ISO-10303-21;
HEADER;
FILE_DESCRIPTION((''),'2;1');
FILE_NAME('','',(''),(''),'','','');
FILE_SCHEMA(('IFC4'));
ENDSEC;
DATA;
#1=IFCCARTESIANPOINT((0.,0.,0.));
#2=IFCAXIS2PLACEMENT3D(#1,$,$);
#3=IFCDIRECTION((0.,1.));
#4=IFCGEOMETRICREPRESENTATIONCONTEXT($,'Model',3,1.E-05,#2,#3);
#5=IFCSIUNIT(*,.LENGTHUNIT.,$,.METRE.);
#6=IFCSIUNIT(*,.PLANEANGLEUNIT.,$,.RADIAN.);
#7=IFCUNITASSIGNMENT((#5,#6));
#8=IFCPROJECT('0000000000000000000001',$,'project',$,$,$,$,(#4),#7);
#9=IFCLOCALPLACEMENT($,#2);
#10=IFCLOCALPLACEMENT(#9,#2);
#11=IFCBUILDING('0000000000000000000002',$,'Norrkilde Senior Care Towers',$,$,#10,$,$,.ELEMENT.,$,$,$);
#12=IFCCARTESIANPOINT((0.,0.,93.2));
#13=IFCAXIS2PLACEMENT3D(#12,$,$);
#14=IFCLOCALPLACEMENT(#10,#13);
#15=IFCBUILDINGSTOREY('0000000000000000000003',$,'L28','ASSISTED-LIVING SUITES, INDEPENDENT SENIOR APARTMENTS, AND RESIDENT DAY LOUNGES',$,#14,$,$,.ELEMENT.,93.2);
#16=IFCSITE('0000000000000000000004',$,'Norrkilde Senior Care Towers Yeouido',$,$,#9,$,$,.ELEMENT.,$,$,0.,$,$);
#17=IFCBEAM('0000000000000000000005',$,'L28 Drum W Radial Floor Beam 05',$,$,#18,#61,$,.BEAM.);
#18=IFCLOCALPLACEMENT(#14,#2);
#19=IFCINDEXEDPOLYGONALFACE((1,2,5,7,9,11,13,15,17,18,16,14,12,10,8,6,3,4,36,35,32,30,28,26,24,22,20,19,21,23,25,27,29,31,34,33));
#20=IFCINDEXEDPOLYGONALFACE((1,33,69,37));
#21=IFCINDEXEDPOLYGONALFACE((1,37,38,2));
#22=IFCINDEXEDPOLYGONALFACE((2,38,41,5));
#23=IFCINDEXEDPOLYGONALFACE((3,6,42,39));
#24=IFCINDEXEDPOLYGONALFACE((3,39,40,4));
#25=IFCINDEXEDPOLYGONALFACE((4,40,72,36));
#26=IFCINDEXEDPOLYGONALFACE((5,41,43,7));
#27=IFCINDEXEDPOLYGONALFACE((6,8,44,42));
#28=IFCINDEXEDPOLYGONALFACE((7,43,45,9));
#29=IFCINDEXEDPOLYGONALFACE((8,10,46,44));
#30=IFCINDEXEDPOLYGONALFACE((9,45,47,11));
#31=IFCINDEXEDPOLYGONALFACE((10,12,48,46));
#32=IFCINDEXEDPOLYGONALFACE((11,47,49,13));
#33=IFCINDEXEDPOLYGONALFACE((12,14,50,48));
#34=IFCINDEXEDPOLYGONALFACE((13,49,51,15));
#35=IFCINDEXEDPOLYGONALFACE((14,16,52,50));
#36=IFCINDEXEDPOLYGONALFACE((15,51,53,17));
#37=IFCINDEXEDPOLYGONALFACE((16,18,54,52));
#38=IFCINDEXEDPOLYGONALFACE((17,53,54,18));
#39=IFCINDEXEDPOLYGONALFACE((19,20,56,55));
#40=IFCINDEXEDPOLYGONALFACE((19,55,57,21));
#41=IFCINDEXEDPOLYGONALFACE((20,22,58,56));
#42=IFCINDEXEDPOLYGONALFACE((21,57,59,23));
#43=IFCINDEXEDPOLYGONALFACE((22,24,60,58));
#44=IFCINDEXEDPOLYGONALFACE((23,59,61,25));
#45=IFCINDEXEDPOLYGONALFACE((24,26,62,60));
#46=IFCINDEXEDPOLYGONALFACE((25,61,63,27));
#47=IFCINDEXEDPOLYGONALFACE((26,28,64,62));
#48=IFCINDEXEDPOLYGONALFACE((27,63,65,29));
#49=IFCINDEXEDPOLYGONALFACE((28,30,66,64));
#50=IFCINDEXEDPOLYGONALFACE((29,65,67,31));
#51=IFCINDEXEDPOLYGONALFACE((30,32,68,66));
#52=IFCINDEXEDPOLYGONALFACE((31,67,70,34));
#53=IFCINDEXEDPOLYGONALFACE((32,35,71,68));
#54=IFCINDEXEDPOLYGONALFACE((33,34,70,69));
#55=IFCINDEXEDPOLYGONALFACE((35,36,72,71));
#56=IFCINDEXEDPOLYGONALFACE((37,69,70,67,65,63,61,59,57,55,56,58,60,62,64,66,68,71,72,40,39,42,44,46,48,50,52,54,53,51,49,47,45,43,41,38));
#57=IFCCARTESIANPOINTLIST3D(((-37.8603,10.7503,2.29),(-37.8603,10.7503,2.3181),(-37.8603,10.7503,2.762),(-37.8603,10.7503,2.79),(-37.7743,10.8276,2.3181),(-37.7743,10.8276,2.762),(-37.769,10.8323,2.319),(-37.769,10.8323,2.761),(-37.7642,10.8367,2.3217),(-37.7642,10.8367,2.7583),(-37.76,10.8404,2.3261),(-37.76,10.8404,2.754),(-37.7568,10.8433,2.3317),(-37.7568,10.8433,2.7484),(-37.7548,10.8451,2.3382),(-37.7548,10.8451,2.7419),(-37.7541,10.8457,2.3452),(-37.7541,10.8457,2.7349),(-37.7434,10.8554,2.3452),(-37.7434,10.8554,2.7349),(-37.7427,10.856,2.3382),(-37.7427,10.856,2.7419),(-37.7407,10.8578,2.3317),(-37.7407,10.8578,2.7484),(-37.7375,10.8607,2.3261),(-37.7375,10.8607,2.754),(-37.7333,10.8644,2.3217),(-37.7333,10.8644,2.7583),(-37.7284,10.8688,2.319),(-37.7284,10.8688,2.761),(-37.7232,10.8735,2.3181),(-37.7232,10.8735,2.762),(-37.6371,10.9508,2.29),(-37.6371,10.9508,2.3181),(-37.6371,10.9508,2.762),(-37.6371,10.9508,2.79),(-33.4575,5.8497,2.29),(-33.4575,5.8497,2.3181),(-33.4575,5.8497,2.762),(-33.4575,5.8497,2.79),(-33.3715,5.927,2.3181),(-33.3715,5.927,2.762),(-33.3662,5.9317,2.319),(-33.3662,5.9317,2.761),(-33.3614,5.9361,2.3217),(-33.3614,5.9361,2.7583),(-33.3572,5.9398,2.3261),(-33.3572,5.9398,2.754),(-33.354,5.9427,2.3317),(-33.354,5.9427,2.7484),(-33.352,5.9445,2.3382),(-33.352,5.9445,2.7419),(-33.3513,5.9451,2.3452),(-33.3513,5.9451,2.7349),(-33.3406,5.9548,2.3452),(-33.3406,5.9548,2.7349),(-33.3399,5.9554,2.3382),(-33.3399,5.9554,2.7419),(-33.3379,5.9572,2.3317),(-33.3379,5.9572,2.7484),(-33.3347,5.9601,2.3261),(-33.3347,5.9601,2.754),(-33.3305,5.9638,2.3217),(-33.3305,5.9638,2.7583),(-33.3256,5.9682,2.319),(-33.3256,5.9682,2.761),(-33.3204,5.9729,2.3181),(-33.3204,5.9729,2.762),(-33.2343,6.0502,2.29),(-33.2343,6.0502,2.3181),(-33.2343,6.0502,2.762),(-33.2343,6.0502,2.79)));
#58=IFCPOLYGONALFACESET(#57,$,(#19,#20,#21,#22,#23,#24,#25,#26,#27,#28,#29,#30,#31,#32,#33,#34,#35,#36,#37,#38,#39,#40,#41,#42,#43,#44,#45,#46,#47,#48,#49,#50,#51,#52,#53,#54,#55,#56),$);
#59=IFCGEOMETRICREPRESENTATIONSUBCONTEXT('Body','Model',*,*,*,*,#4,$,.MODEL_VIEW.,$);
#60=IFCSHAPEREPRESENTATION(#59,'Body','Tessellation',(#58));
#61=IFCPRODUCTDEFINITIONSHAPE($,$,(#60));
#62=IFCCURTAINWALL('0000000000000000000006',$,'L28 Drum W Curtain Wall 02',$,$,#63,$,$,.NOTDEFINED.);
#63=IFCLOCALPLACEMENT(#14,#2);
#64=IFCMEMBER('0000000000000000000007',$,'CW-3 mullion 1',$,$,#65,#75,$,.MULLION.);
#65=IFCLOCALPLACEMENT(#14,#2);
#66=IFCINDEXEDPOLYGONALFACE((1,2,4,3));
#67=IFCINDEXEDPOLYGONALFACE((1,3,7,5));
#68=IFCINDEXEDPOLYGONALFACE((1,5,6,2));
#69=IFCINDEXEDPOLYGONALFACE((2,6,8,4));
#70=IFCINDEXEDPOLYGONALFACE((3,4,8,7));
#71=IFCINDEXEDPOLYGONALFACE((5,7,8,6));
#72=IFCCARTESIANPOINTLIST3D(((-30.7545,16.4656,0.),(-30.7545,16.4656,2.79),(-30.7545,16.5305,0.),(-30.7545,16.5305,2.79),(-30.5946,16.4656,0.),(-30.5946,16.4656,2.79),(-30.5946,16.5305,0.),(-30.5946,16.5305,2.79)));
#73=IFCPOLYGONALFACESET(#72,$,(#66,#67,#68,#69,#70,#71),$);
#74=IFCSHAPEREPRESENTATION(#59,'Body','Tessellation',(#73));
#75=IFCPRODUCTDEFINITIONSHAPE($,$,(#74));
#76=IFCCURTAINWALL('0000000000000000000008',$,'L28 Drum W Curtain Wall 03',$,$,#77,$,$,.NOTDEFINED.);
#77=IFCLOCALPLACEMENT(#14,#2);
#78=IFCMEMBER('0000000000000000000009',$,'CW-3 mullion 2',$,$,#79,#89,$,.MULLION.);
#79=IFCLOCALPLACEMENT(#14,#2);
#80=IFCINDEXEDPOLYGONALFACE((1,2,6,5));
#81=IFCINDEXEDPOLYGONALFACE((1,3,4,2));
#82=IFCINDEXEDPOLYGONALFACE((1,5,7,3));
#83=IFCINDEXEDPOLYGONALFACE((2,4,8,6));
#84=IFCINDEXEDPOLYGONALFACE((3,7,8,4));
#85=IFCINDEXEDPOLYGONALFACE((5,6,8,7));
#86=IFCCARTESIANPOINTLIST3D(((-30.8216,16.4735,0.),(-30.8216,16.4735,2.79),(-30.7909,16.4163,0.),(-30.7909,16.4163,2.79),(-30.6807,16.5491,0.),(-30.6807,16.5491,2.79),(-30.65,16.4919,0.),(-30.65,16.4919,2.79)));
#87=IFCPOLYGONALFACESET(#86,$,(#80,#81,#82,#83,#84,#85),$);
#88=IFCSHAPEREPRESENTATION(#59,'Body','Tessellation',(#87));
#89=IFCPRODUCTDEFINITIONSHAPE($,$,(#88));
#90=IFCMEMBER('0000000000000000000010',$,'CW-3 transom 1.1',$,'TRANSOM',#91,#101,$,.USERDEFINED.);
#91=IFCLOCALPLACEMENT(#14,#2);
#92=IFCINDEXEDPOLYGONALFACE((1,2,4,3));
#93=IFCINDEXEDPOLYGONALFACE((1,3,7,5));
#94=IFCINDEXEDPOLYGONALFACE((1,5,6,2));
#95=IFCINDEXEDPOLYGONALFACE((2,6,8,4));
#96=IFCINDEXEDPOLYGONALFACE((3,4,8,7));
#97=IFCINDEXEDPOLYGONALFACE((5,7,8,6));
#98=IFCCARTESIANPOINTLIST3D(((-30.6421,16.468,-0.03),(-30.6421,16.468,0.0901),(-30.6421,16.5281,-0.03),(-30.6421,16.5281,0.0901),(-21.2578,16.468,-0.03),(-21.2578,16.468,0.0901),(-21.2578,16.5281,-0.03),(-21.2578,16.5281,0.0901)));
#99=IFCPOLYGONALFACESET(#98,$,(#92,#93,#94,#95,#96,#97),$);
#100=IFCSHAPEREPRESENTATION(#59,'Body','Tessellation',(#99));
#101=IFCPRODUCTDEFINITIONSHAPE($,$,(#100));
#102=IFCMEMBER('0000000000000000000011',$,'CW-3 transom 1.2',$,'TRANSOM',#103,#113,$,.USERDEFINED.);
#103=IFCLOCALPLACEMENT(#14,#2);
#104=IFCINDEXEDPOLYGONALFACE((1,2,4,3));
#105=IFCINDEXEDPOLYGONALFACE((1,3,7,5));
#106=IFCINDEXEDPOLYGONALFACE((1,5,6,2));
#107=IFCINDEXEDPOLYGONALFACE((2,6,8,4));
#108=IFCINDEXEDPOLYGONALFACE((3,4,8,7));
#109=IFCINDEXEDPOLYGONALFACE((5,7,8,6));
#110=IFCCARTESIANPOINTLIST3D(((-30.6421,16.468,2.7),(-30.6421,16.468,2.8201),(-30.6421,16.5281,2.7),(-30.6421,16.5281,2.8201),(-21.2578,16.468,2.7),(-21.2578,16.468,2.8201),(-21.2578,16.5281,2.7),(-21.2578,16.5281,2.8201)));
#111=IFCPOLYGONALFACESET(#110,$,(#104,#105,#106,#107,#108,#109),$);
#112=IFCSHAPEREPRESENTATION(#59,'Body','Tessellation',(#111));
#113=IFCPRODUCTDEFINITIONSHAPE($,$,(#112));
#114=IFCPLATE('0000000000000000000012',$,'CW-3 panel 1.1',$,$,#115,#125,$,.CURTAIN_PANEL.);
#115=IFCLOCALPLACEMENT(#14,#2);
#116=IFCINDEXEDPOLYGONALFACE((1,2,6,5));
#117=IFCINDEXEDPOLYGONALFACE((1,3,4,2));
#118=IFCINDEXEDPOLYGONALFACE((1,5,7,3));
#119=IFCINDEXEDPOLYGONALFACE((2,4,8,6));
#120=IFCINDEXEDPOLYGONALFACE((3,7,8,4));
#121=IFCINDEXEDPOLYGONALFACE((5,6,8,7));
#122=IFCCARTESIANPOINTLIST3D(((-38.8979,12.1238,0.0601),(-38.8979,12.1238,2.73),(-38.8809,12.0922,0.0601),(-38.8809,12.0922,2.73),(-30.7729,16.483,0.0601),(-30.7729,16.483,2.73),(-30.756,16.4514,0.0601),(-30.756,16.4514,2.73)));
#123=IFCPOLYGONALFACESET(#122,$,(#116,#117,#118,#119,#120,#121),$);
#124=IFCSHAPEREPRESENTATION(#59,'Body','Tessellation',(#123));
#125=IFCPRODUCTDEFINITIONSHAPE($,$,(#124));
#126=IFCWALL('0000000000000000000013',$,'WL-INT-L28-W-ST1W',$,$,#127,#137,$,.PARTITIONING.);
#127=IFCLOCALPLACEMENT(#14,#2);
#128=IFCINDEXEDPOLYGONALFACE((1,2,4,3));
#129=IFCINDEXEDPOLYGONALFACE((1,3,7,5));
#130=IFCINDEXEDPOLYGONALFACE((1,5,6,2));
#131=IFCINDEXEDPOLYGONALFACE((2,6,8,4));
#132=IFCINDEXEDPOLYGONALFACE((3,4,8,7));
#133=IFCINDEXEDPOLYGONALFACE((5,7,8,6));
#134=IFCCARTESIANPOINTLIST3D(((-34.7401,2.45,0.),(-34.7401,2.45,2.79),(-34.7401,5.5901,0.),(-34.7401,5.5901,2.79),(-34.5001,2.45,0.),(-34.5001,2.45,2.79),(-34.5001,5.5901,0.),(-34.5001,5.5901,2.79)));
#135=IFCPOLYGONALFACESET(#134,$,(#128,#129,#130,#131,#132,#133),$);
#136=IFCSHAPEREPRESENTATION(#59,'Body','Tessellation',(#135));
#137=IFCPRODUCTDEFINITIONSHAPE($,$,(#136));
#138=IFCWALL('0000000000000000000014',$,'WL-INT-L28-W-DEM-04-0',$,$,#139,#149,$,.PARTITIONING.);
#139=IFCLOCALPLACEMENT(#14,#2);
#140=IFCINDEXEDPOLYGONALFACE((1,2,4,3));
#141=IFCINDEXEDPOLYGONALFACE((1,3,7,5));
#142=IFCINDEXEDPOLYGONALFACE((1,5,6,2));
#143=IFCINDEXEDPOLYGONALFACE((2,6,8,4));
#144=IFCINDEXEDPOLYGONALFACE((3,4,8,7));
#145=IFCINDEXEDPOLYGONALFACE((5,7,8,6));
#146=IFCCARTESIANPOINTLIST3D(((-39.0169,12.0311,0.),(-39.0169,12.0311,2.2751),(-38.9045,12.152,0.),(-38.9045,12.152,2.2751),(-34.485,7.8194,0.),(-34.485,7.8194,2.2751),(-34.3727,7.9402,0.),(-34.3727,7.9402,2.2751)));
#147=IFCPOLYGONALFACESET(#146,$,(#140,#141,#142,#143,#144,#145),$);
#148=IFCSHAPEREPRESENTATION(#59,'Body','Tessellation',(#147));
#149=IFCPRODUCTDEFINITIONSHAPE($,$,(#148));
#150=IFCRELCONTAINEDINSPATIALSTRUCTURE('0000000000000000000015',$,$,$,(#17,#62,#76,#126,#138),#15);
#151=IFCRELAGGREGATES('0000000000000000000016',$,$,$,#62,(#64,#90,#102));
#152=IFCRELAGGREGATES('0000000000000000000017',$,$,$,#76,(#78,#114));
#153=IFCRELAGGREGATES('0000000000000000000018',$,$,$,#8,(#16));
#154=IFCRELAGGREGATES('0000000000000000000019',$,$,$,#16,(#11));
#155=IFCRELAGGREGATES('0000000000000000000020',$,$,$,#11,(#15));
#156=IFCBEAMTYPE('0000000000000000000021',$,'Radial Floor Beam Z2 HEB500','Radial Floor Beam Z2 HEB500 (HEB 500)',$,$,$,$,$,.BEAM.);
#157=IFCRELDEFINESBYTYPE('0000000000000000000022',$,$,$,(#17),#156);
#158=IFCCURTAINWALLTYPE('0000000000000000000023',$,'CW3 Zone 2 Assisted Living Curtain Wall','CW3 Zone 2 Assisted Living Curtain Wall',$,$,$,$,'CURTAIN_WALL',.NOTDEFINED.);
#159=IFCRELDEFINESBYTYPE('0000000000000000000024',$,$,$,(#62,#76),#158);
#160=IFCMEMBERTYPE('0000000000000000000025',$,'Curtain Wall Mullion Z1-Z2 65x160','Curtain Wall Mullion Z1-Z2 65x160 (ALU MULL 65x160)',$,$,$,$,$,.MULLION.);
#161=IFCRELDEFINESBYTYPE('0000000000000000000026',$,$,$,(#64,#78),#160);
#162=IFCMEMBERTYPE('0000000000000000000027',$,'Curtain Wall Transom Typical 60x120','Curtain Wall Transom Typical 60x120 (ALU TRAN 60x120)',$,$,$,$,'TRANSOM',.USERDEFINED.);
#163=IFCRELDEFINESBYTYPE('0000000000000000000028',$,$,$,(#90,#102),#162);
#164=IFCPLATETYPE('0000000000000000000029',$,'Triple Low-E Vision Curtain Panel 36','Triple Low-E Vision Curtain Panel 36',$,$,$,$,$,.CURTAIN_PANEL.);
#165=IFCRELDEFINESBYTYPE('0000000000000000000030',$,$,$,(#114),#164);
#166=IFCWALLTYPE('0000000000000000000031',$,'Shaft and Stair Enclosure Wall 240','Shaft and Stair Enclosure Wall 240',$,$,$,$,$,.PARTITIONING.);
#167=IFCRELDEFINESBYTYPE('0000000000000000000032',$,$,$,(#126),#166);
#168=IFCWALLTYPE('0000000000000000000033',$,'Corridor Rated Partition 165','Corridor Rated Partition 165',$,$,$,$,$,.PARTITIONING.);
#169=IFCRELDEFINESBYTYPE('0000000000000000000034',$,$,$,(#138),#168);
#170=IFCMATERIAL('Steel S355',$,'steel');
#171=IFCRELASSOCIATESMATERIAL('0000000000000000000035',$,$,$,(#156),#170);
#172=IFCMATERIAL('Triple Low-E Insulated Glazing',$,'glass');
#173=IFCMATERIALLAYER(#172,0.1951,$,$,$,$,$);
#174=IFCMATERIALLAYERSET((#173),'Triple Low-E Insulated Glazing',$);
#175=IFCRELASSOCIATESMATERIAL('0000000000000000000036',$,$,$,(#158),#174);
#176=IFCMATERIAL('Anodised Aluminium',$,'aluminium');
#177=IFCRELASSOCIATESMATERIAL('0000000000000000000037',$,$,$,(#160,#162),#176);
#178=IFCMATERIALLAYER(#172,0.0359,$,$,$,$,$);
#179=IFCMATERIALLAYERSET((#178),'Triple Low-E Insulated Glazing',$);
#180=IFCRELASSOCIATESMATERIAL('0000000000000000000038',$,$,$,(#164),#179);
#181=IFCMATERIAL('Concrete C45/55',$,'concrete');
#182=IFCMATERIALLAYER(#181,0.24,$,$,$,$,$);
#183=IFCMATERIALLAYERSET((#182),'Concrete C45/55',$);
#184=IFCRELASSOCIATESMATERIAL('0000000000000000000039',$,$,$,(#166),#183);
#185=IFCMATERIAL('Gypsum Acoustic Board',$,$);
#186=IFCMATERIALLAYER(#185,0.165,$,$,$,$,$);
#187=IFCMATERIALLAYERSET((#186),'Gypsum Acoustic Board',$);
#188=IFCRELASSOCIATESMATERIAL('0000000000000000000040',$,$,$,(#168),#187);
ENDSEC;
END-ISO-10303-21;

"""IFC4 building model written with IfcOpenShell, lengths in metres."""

from ifc_helpers import new_model, si_unit, direction, frame, frame_2d, origin, origin_2d, place, context, subcontext, project, spatial, rectangle, i_section, extrude, source, transform, mapped, material, layer, layer_set, material_profile, profile_set, type_object, type_shapes, element, aggregate, save


model = new_model("IFC4")

# Units and contexts
model_context = context("Model", 3, precision=1e-05, world=origin(), true_north=direction((0.0, 1.0)))
body_context = subcontext(model_context, "Body", "Model", "MODEL_VIEW")
ifc_project = project(units=[si_unit("LENGTHUNIT", "METRE"), si_unit("PLANEANGLEUNIT", "RADIAN")], contexts=[model_context])

# Site, building, storey
site_placement = place(None, origin())
site = spatial("IfcSite", under=ifc_project, at=site_placement, Name="Norrkilde Senior Care Towers Yeouido", CompositionType="ELEMENT", RefElevation=0.0)
building_placement = place(site_placement, origin())
building = spatial("IfcBuilding", under=site, at=building_placement, Name="Norrkilde Senior Care Towers", CompositionType="ELEMENT")
storey_placement = place(building_placement, frame((0.0, 0.0, 93.2)))
storey = spatial("IfcBuildingStorey", under=building, at=storey_placement, Name="L28", Description="ASSISTED-LIVING SUITES, INDEPENDENT SENIOR APARTMENTS, AND RESIDENT DAY LOUNGES", CompositionType="ELEMENT", Elevation=93.2)

# Beam
ifc_material_1 = material(Name="Steel S355", Category="steel")
ifc_material_profile_1 = material_profile(ifc_material_1, i_section(OverallWidth=0.3, OverallDepth=0.5, WebThickness=0.0144, FlangeThickness=0.0281, FilletRadius=0.0271, at=origin_2d()), Name="HEB 500")
ifc_profile_set_1 = profile_set([ifc_material_profile_1], Name="Steel S355")
beam_type_1 = type_object("IfcBeamType", Name="Radial Floor Beam Z2 HEB500", Description="Radial Floor Beam Z2 HEB500 (HEB 500)", PredefinedType="BEAM", material=ifc_profile_set_1)
shared_shape_1 = source(origin(), body_context, "Body", "SweptSolid", [
    extrude(i_section(OverallWidth=0.3, OverallDepth=0.5, WebThickness=0.0144, FlangeThickness=0.0281, FilletRadius=0.0271, at=origin_2d()), origin(), (0.0, 0.0, 1.0), 6.5879),
])
beam_1_placement = place(storey_placement, frame((-33.3459, 5.95, 2.54), z_axis=(-0.668315, 0.743878, 0.0), x_axis=(-0.743878, -0.668315, 0.0)))
element("IfcBeam", 1, at=beam_1_placement, inside=storey, type_object=beam_type_1, Name="L28 Drum W Radial Floor Beam 05", PredefinedType="BEAM", context=body_context, shape_type="MappedRepresentation", body=[
    mapped(shared_shape_1, transform((0.0, 0.0, 0.0), x_axis=(1.0, 0.0, 0.0), y_axis=(0.0, 1.0, 0.0), z_axis=(0.0, 0.0, 1.0), scale=1.0)),
])

# Curtain walls, members
ifc_material_2 = material(Name="Triple Low-E Insulated Glazing", Category="glass")
ifc_layer_1 = layer(ifc_material_2, 0.1951)
ifc_layer_set_1 = layer_set([ifc_layer_1], Name="Triple Low-E Insulated Glazing")
curtain_wall_type = type_object("IfcCurtainWallType", Name="CW3 Zone 2 Assisted Living Curtain Wall", Description="CW3 Zone 2 Assisted Living Curtain Wall", ElementType="CURTAIN_WALL", PredefinedType="NOTDEFINED", material=ifc_layer_set_1)
curtain_wall_1_placement = place(storey_placement, origin())
curtain_wall_1 = element("IfcCurtainWall", 2, at=curtain_wall_1_placement, inside=storey, type_object=curtain_wall_type, Name="L28 Drum W Curtain Wall 02", PredefinedType="NOTDEFINED")
ifc_material_3 = material(Name="Anodised Aluminium", Category="aluminium")
ifc_material_profile_2 = material_profile(ifc_material_3, rectangle(XDim=0.0649, YDim=0.1599, at=origin_2d()), Name="ALU MULL 65x160")
ifc_profile_set_2 = profile_set([ifc_material_profile_2], Name="Anodised Aluminium")
member_type_1 = type_object("IfcMemberType", Name="Curtain Wall Mullion Z1-Z2 65x160", Description="Curtain Wall Mullion Z1-Z2 65x160 (ALU MULL 65x160)", PredefinedType="MULLION", material=ifc_profile_set_2)
shared_shape_2 = source(origin(), body_context, "Body", "SweptSolid", [
    extrude(rectangle(XDim=0.0649, YDim=0.1599, at=origin_2d()), origin(), (0.0, 0.0, 1.0), 2.79),
])
type_shapes(member_type_1, [shared_shape_2])
member_1_placement = place(storey_placement, frame((-30.6746, 16.498, 0.0), z_axis=(0.0, 0.0, 1.0), x_axis=(0.0, 1.0, 0.0)))
member_1 = element("IfcMember", 3, at=member_1_placement, type_object=member_type_1, Name="CW-3 mullion 1", PredefinedType="MULLION", context=body_context, shape_type="MappedRepresentation", body=[
    mapped(shared_shape_2, transform((0.0, 0.0, 0.0), x_axis=(1.0, 0.0, 0.0), y_axis=(0.0, 1.0, 0.0), z_axis=(0.0, 0.0, 1.0), scale=1.0)),
])
curtain_wall_2_placement = place(storey_placement, origin())
curtain_wall_2 = element("IfcCurtainWall", 4, at=curtain_wall_2_placement, inside=storey, type_object=curtain_wall_type, Name="L28 Drum W Curtain Wall 03", PredefinedType="NOTDEFINED")
member_2_placement = place(storey_placement, frame((-30.7358, 16.4827, 0.0), z_axis=(0.0, 0.0, 1.0), x_axis=(-0.472769, 0.881186, 0.0)))
member_2 = element("IfcMember", 5, at=member_2_placement, type_object=member_type_1, Name="CW-3 mullion 2", PredefinedType="MULLION", context=body_context, shape_type="MappedRepresentation", body=[
    mapped(shared_shape_2, transform((0.0, 0.0, 0.0), x_axis=(1.0, 0.0, 0.0), y_axis=(0.0, 1.0, 0.0), z_axis=(0.0, 0.0, 1.0), scale=1.0)),
])

# Members
ifc_material_profile_3 = material_profile(ifc_material_3, rectangle(XDim=0.0601, YDim=0.1201, at=origin_2d()), Name="ALU TRAN 60x120")
ifc_profile_set_3 = profile_set([ifc_material_profile_3], Name="Anodised Aluminium")
member_type_2 = type_object("IfcMemberType", Name="Curtain Wall Transom Typical 60x120", Description="Curtain Wall Transom Typical 60x120 (ALU TRAN 60x120)", ElementType="TRANSOM", PredefinedType="USERDEFINED", material=ifc_profile_set_3)
shared_shape_3 = source(origin(), body_context, "Body", "SweptSolid", [
    extrude(rectangle(XDim=0.0601, YDim=0.1201, at=origin_2d()), origin(), (0.0, 0.0, 1.0), 9.3843),
])
type_shapes(member_type_2, [shared_shape_3])
member_3_placement = place(storey_placement, frame((-30.6421, 16.498, 0.03), z_axis=(1.0, 0.0, 0.0), x_axis=(0.0, 1.0, 0.0)))
member_3 = element("IfcMember", 6, at=member_3_placement, type_object=member_type_2, Name="CW-3 transom 1.1", ObjectType="TRANSOM", PredefinedType="USERDEFINED", context=body_context, shape_type="MappedRepresentation", body=[
    mapped(shared_shape_3, transform((0.0, 0.0, 0.0), x_axis=(1.0, 0.0, 0.0), y_axis=(0.0, 1.0, 0.0), z_axis=(0.0, 0.0, 1.0), scale=1.0)),
])
member_4_placement = place(storey_placement, frame((-30.6421, 16.498, 2.76), z_axis=(1.0, 0.0, 0.0), x_axis=(0.0, 1.0, 0.0)))
member_4 = element("IfcMember", 7, at=member_4_placement, type_object=member_type_2, Name="CW-3 transom 1.2", ObjectType="TRANSOM", PredefinedType="USERDEFINED", context=body_context, shape_type="MappedRepresentation", body=[
    mapped(shared_shape_3, transform((0.0, 0.0, 0.0), x_axis=(1.0, 0.0, 0.0), y_axis=(0.0, 1.0, 0.0), z_axis=(0.0, 0.0, 1.0), scale=1.0)),
])
aggregate(curtain_wall_1, [member_1, member_3, member_4])

# Plate
ifc_layer_2 = layer(ifc_material_2, 0.0359)
ifc_layer_set_2 = layer_set([ifc_layer_2], Name="Triple Low-E Insulated Glazing")
plate_type = type_object("IfcPlateType", Name="Triple Low-E Vision Curtain Panel 36", Description="Triple Low-E Vision Curtain Panel 36", PredefinedType="CURTAIN_PANEL", material=ifc_layer_set_2)
shared_shape_4 = source(origin(), body_context, "Body", "SweptSolid", [
    extrude(rectangle(XDim=9.2205, YDim=0.0359, at=origin_2d()), origin(), (0.0, 0.0, 1.0), 2.6699),
])
type_shapes(plate_type, [shared_shape_4])
plate_placement = place(storey_placement, frame((-34.8269, 14.2876, 0.0601), z_axis=(0.0, 0.0, 1.0), x_axis=(0.881186, 0.472769, 0.0)))
plate = element("IfcPlate", 8, at=plate_placement, type_object=plate_type, Name="CW-3 panel 1.1", PredefinedType="CURTAIN_PANEL", context=body_context, shape_type="MappedRepresentation", body=[
    mapped(shared_shape_4, transform((0.0, 0.0, 0.0), x_axis=(1.0, 0.0, 0.0), y_axis=(0.0, 1.0, 0.0), z_axis=(0.0, 0.0, 1.0), scale=1.0)),
])
aggregate(curtain_wall_2, [member_2, plate])

# Wall
ifc_material_4 = material(Name="Concrete C45/55", Category="concrete")
ifc_layer_3 = layer(ifc_material_4, 0.24)
ifc_layer_set_3 = layer_set([ifc_layer_3], Name="Concrete C45/55")
wall_type_1 = type_object("IfcWallType", Name="Shaft and Stair Enclosure Wall 240", Description="Shaft and Stair Enclosure Wall 240", PredefinedType="PARTITIONING", material=ifc_layer_set_3)
shared_shape_5 = source(origin(), body_context, "Body", "SweptSolid", [
    extrude(rectangle(XDim=3.1401, YDim=0.24, at=frame_2d((1.5701, 0.0))), origin(), (0.0, 0.0, 1.0), 2.79),
])
type_shapes(wall_type_1, [shared_shape_5])
wall_1_placement = place(storey_placement, frame((-34.6201, 2.45, 0.0), z_axis=(0.0, 0.0, 1.0), x_axis=(0.0, 1.0, 0.0)))
element("IfcWall", 9, at=wall_1_placement, inside=storey, type_object=wall_type_1, Name="WL-INT-L28-W-ST1W", PredefinedType="PARTITIONING", context=body_context, shape_type="MappedRepresentation", body=[
    mapped(shared_shape_5, transform((0.0, 0.0, 0.0), x_axis=(1.0, 0.0, 0.0), y_axis=(0.0, 1.0, 0.0), z_axis=(0.0, 0.0, 1.0), scale=1.0)),
])

# Wall
ifc_material_5 = material(Name="Gypsum Acoustic Board")
ifc_layer_4 = layer(ifc_material_5, 0.165)
ifc_layer_set_4 = layer_set([ifc_layer_4], Name="Gypsum Acoustic Board")
wall_type_2 = type_object("IfcWallType", Name="Corridor Rated Partition 165", Description="Corridor Rated Partition 165", PredefinedType="PARTITIONING", material=ifc_layer_set_4)
shared_shape_6 = source(origin(), body_context, "Body", "SweptSolid", [
    extrude(rectangle(XDim=6.1868, YDim=0.165, at=frame_2d((3.0933, 0.0))), origin(), (0.0, 0.0, 1.0), 2.2751),
])
wall_2_placement = place(storey_placement, frame((-34.429, 7.8799, 0.0), z_axis=(0.0, 0.0, 1.0), x_axis=(-0.732501, 0.680766, 0.0)))
element("IfcWall", 10, at=wall_2_placement, inside=storey, type_object=wall_type_2, Name="WL-INT-L28-W-DEM-04-0", PredefinedType="PARTITIONING", context=body_context, shape_type="MappedRepresentation", body=[
    mapped(shared_shape_6, transform((0.0, 0.0, 0.0), x_axis=(1.0, 0.0, 0.0), y_axis=(0.0, 1.0, 0.0), z_axis=(0.0, 0.0, 1.0), scale=1.0)),
])

save(model, "model.ifc")
